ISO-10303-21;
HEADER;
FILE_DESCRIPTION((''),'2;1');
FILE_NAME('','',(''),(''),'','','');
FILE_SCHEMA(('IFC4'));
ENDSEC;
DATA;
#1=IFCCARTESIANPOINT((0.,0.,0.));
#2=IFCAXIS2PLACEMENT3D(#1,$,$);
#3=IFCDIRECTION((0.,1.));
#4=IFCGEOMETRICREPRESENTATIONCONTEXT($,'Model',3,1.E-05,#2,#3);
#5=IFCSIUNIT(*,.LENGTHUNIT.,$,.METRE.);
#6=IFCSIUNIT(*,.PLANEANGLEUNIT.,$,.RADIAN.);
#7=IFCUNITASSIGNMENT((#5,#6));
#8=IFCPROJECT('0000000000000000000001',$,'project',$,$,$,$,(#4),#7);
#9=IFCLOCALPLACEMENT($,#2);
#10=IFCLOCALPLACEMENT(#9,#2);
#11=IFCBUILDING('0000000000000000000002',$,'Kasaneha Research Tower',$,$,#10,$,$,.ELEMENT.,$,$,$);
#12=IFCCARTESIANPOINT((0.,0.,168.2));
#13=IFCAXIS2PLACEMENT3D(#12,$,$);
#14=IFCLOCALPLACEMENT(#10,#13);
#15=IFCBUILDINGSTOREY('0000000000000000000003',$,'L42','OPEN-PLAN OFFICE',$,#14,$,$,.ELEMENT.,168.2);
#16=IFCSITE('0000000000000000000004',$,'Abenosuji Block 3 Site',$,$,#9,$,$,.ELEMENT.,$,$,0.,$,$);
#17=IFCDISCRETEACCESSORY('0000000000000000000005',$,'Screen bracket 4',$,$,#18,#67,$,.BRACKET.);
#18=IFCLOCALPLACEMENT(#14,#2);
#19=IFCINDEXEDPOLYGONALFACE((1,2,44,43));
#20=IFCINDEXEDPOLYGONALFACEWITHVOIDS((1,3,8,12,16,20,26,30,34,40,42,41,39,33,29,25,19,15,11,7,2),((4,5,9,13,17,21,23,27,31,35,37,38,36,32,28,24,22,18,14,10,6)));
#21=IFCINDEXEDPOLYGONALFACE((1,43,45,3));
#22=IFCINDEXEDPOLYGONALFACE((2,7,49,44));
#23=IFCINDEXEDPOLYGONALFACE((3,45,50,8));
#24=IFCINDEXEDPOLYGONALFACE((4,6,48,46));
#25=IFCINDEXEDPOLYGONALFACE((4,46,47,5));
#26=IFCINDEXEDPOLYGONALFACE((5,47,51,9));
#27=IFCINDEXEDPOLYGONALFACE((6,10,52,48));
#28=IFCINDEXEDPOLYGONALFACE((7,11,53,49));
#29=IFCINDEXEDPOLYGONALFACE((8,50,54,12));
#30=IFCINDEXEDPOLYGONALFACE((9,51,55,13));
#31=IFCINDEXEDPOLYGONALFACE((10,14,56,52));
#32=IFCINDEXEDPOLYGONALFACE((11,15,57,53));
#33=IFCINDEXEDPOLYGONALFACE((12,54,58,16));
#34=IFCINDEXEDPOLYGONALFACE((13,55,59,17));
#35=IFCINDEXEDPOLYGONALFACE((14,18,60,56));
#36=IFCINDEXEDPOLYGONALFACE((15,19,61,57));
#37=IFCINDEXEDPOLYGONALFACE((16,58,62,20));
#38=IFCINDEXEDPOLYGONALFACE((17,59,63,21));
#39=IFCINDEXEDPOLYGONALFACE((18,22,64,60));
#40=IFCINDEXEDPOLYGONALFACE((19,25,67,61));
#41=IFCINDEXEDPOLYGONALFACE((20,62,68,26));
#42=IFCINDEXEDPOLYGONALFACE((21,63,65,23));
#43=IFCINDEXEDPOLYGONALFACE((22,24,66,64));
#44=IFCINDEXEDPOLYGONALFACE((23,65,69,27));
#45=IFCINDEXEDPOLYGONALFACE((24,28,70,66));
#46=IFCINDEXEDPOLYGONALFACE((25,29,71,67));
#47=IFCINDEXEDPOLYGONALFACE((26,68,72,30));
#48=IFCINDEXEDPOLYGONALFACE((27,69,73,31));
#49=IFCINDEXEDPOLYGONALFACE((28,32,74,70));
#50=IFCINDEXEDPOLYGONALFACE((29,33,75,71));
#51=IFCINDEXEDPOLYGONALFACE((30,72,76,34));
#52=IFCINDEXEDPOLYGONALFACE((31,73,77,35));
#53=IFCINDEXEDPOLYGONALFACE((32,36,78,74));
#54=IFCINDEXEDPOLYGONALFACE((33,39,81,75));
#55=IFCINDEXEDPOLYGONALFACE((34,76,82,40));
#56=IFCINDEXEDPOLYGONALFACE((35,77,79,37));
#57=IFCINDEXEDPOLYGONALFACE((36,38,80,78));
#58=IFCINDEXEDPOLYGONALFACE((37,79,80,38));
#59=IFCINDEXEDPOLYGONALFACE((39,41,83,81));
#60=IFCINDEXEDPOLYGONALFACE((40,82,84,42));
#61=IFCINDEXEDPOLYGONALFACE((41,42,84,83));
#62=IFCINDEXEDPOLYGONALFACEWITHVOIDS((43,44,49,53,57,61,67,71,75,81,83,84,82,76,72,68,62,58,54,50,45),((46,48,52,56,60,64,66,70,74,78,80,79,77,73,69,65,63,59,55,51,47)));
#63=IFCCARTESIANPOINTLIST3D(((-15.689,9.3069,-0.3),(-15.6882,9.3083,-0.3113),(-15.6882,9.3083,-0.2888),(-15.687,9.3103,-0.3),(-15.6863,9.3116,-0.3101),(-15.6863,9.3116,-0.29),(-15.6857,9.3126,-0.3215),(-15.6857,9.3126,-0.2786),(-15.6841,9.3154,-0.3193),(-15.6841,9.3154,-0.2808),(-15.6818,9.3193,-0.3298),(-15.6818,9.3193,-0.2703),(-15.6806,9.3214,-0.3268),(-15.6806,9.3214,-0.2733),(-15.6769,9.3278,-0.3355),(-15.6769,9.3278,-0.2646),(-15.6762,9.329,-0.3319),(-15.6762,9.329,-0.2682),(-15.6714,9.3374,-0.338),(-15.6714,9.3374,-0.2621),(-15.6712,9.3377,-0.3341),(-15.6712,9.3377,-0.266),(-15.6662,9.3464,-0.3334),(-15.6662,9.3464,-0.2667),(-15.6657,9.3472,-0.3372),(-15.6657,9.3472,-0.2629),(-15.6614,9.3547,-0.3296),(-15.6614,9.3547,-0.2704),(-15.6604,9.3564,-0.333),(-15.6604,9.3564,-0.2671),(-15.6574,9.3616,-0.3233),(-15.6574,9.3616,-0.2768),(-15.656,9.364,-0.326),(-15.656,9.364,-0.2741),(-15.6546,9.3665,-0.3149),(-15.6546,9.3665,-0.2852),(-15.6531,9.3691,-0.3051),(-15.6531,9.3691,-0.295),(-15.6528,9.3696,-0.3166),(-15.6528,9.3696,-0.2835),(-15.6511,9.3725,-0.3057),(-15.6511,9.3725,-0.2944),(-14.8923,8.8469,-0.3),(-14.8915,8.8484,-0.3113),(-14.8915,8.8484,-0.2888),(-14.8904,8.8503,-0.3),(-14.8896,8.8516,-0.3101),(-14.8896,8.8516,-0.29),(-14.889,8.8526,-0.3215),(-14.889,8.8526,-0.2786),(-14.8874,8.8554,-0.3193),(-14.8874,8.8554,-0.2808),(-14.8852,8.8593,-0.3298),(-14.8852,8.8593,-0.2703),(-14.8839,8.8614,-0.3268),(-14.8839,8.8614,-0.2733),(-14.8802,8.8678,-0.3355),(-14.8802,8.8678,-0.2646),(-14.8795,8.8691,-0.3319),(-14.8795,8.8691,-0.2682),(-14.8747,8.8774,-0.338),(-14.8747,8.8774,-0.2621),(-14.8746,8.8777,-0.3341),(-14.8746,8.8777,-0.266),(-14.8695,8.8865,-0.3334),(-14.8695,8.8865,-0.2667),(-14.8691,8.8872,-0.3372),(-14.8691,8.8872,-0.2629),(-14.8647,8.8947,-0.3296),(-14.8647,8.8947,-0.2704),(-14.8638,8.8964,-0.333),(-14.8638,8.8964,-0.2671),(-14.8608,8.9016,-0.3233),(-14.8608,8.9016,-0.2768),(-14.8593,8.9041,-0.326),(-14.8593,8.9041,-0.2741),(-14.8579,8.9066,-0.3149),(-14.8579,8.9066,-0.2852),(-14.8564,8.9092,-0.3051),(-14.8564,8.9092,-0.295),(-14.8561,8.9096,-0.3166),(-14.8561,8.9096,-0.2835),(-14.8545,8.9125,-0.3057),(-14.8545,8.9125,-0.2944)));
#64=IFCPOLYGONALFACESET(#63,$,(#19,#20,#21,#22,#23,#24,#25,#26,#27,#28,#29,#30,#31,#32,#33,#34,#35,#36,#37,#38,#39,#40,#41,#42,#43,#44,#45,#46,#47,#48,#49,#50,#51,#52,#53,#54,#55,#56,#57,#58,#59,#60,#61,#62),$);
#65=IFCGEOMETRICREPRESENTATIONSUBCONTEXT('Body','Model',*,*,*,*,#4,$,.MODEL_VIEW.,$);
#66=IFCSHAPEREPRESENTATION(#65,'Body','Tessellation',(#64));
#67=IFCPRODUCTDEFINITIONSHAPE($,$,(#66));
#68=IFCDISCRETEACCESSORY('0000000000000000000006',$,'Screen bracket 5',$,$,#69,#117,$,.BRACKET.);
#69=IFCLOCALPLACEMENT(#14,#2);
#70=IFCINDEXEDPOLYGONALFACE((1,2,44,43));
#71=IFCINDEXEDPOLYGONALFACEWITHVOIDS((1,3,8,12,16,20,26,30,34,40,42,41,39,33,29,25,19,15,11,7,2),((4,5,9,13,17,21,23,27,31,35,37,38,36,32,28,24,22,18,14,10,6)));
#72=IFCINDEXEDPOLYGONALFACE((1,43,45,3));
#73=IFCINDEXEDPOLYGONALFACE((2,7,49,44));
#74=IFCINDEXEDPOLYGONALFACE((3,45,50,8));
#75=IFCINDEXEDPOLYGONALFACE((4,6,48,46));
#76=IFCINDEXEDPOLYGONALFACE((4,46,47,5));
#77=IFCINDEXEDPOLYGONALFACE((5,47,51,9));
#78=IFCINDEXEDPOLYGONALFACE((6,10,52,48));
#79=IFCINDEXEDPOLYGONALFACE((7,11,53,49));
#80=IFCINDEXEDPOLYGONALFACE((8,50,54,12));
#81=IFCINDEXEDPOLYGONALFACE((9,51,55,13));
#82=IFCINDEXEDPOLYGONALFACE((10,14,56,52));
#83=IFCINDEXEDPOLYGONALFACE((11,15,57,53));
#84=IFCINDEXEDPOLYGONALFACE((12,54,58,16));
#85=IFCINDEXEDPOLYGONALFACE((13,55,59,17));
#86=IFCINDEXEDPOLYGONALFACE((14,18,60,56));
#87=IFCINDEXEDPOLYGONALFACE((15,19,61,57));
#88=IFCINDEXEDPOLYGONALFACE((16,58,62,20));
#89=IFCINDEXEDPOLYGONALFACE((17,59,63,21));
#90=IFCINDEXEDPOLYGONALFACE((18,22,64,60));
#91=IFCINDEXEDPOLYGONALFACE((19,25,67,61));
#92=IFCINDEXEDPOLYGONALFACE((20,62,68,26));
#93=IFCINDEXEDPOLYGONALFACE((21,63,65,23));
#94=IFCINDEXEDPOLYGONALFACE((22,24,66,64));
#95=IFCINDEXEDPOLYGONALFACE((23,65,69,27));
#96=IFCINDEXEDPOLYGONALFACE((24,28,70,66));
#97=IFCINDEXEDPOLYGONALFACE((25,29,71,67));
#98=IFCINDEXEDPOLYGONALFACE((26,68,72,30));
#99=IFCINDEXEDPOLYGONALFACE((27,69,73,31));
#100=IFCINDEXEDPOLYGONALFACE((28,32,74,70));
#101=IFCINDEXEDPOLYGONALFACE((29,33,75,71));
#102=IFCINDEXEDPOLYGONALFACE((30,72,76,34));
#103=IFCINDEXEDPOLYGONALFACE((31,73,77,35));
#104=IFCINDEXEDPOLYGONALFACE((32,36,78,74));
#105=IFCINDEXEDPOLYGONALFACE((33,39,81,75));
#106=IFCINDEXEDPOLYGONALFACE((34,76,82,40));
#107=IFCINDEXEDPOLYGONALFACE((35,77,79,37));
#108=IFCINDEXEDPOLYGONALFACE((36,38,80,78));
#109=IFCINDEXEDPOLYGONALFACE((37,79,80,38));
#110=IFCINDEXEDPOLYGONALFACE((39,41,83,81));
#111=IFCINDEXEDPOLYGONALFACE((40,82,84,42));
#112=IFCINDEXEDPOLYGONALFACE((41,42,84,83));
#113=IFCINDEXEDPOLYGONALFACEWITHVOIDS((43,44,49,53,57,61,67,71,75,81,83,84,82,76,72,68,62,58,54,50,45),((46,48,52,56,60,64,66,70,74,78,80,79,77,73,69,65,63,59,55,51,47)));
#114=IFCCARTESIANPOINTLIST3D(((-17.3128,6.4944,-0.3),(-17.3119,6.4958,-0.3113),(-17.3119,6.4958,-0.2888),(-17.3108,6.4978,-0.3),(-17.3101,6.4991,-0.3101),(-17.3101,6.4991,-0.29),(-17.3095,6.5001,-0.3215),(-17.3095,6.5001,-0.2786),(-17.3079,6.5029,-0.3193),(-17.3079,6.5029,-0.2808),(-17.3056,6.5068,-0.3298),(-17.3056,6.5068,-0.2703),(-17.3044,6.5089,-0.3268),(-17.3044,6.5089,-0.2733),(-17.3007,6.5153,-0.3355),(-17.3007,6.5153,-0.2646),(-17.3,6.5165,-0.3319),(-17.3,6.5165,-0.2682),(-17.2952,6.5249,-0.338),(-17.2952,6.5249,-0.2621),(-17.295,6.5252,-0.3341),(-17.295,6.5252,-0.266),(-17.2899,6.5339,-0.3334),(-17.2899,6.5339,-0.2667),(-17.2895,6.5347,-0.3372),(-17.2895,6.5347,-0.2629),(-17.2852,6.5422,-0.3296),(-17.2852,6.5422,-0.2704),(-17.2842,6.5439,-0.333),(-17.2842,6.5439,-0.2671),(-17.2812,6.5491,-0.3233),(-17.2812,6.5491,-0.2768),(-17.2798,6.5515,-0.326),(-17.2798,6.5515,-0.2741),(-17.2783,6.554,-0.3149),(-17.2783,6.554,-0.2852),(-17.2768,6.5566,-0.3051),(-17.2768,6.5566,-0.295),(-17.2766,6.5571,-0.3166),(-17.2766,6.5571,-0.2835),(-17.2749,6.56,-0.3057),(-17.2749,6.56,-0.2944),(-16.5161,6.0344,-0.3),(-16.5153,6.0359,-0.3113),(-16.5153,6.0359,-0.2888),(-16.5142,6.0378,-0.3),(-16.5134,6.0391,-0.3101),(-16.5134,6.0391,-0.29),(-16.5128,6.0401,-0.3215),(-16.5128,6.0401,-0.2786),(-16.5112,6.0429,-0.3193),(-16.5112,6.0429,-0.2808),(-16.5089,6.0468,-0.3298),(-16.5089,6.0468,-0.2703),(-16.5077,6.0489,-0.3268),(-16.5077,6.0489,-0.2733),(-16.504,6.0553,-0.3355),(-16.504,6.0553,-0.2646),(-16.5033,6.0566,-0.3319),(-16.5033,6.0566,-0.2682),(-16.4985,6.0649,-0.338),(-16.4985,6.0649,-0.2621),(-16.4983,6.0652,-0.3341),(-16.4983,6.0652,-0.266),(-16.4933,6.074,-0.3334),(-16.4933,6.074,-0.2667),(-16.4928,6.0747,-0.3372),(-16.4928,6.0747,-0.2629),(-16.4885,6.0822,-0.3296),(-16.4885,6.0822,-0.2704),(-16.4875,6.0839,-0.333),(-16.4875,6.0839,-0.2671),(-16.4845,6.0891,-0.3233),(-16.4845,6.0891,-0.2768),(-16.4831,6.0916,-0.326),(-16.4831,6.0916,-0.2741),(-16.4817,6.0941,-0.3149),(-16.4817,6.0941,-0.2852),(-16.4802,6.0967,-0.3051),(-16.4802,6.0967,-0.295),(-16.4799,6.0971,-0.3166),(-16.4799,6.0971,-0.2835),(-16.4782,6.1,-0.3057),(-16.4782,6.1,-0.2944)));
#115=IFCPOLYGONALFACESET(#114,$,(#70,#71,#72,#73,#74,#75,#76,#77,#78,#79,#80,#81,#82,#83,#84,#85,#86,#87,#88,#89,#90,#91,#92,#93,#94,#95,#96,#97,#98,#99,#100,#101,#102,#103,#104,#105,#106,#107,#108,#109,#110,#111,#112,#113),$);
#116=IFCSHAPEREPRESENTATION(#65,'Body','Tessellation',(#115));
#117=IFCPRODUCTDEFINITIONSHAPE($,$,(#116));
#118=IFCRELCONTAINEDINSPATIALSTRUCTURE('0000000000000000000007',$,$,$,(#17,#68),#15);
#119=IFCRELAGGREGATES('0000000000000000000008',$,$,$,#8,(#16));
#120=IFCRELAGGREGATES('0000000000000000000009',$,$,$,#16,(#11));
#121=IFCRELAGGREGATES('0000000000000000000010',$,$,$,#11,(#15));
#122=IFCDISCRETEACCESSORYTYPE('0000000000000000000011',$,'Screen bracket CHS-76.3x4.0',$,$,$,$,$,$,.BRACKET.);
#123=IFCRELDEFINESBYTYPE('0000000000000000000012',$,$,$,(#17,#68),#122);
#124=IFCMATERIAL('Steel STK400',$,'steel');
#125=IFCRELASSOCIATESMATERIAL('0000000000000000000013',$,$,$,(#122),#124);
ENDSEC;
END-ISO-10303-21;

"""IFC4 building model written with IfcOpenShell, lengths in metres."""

from ifc_helpers import new_model, si_unit, direction, frame, origin, origin_2d, place, context, subcontext, project, spatial, hollow_circle, extrude, material, material_profile, profile_set, type_object, element, save


model = new_model("IFC4")

# Units and contexts
model_context = context("Model", 3, precision=1e-05, world=origin(), true_north=direction((0.0, 1.0)))
body_context = subcontext(model_context, "Body", "Model", "MODEL_VIEW")
ifc_project = project(units=[si_unit("LENGTHUNIT", "METRE"), si_unit("PLANEANGLEUNIT", "RADIAN")], contexts=[model_context])

# Site, building, storey
site_placement = place(None, origin())
site = spatial("IfcSite", under=ifc_project, at=site_placement, Name="Abenosuji Block 3 Site", CompositionType="ELEMENT", RefElevation=0.0)
building_placement = place(site_placement, origin())
building = spatial("IfcBuilding", under=site, at=building_placement, Name="Kasaneha Research Tower", CompositionType="ELEMENT")
storey_placement = place(building_placement, frame((0.0, 0.0, 168.2)))
storey = spatial("IfcBuildingStorey", under=building, at=storey_placement, Name="L42", Description="OPEN-PLAN OFFICE", CompositionType="ELEMENT", Elevation=168.2)

# Discrete accessories
ifc_material_1 = material(Name="Steel STK400", Category="steel")
ifc_material_profile_1 = material_profile(ifc_material_1, hollow_circle(Radius=0.0381, WallThickness=0.0039, at=origin_2d()), Name="CHS-76.3x4.0")
ifc_profile_set_1 = profile_set([ifc_material_profile_1], Name="Steel STK400")
discrete_accessory_type = type_object("IfcDiscreteAccessoryType", Name="Screen bracket CHS-76.3x4.0", PredefinedType="BRACKET", material=ifc_profile_set_1)
for number, where, z_axis, x_axis, name in (
    (1, (-14.8733, 8.8799, -0.3), (-0.866013, 0.500021, 0.0), (-0.500021, -0.866013, 0.0), "Screen bracket 4"),
    (2, (-16.4971, 6.0674, -0.3), (-0.866013, 0.500021, 0.0), (-0.500021, -0.866013, 0.0), "Screen bracket 5"),
):
    element("IfcDiscreteAccessory", number, at=place(storey_placement, frame(where, z_axis=z_axis, x_axis=x_axis)), inside=storey, type_object=discrete_accessory_type, Name=name, PredefinedType="BRACKET", context=body_context, shape_type="SweptSolid", body=[
        extrude(hollow_circle(Radius=0.0381, WallThickness=0.0039, at=origin_2d()), origin(), (0.0, 0.0, 1.0), 0.9199),
    ])

save(model, "model.ifc")
